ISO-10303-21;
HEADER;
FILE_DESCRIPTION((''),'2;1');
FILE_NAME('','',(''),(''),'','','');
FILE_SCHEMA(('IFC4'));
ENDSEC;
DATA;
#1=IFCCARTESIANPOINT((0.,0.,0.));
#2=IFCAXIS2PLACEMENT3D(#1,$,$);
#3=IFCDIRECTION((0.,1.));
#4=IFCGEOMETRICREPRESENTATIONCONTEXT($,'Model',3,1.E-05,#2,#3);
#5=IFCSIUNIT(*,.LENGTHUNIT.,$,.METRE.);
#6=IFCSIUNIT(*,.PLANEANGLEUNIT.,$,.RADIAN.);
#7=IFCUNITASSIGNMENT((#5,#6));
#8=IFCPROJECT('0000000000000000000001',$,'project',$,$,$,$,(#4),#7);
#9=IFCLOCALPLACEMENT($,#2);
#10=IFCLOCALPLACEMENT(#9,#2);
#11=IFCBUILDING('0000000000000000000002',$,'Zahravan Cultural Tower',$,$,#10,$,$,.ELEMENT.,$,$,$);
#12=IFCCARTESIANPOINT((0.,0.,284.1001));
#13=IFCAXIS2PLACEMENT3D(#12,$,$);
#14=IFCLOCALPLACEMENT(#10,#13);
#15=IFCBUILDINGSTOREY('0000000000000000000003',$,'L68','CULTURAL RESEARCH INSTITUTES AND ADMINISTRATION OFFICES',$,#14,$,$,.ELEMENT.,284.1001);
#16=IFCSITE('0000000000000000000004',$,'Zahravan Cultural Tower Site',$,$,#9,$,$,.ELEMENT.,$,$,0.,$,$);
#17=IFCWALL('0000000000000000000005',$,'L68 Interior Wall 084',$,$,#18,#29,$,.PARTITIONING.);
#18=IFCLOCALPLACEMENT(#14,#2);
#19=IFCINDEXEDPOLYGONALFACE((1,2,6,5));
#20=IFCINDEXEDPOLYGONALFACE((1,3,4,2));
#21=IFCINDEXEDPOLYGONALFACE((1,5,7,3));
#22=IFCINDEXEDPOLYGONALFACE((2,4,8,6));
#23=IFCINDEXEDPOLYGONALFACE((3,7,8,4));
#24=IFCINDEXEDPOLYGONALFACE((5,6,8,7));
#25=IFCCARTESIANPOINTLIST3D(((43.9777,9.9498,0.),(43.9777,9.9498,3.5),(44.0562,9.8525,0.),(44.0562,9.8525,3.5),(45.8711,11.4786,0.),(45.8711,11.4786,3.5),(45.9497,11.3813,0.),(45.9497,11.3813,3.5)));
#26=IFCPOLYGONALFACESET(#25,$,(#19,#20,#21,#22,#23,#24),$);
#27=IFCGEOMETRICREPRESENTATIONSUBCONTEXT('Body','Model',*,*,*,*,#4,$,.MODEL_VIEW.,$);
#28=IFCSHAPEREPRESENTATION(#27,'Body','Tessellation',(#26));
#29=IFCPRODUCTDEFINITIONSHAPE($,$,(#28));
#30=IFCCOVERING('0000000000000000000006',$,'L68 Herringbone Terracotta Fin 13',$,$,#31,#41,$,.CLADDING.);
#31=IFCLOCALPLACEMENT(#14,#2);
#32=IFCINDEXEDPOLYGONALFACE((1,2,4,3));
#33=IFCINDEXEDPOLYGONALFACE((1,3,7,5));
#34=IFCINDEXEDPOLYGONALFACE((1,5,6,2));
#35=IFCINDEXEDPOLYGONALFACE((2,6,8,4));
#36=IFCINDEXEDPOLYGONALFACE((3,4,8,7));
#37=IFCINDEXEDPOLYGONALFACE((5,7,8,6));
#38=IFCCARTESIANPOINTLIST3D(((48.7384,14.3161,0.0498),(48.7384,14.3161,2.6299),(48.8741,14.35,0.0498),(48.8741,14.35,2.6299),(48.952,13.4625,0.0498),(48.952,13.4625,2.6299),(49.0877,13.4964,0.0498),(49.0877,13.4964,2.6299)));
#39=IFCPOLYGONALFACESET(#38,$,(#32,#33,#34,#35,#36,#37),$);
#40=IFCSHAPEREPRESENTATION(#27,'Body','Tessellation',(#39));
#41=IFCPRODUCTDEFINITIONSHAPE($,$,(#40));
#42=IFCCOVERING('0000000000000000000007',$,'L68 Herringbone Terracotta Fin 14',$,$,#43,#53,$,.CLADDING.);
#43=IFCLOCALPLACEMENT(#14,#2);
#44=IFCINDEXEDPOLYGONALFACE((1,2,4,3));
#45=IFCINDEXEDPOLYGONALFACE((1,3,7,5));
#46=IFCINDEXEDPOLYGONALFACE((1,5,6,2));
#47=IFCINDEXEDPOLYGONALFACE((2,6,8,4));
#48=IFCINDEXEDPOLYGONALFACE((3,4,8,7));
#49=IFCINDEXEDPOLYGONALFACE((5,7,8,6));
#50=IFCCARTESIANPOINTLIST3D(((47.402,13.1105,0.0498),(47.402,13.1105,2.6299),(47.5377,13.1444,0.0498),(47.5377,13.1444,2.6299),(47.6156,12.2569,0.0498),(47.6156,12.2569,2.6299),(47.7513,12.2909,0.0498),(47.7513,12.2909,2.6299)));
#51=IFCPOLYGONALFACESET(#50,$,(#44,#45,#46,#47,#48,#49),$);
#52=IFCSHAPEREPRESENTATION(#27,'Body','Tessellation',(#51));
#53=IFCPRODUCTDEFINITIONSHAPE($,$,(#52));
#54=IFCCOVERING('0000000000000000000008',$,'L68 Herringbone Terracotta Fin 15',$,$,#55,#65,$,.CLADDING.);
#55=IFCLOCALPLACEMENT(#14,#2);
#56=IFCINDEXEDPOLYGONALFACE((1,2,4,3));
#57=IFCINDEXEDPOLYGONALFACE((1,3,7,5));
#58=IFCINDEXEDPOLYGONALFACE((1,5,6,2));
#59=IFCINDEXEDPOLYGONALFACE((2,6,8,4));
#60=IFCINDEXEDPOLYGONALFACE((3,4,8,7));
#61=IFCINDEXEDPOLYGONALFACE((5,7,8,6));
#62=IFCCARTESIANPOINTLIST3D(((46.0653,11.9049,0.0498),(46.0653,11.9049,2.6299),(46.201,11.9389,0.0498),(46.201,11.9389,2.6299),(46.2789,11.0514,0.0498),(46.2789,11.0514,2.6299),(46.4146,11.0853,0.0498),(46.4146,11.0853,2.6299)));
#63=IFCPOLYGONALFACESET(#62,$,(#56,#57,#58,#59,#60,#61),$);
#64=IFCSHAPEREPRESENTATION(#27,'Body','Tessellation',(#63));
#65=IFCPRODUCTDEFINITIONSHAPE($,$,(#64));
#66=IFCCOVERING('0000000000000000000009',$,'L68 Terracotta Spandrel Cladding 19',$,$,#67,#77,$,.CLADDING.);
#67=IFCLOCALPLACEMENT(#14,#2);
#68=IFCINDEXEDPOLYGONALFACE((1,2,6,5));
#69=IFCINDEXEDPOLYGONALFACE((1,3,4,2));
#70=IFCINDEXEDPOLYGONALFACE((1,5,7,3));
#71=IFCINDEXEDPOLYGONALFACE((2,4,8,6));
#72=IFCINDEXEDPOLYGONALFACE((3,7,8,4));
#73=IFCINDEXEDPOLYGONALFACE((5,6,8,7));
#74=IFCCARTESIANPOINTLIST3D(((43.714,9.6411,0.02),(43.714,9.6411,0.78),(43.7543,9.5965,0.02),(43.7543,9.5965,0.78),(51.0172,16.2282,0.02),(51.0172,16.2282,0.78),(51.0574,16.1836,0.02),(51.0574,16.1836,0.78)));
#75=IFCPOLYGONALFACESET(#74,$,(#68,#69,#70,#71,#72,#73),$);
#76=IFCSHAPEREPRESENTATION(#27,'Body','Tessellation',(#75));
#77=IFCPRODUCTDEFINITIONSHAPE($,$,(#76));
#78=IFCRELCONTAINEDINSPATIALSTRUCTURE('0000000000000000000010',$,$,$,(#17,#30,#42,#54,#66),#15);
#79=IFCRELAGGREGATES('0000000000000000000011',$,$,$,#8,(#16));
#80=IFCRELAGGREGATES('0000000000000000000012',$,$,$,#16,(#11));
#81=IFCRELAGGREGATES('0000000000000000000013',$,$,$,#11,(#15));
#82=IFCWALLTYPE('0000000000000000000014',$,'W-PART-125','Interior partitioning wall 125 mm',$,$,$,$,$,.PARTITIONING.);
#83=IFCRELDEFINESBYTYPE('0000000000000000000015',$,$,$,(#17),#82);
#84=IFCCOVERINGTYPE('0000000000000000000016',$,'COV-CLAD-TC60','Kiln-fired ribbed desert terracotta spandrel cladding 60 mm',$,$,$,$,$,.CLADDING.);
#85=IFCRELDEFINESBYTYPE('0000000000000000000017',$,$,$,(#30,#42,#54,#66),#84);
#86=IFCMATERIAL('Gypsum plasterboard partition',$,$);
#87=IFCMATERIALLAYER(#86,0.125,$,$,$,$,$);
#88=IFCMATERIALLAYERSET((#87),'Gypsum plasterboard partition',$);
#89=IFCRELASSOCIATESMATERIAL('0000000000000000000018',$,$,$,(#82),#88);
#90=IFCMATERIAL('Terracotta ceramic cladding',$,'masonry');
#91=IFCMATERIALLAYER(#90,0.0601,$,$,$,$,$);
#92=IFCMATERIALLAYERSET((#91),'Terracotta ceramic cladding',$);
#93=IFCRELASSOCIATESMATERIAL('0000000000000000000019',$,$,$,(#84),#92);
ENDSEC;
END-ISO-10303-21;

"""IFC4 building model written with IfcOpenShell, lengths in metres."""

from ifc_helpers import new_model, si_unit, direction, frame, frame_2d, origin, origin_2d, place, context, subcontext, project, spatial, rectangle, extrude, source, transform, mapped, material, layer, layer_set, type_object, element, save


model = new_model("IFC4")

# Units and contexts
model_context = context("Model", 3, precision=1e-05, world=origin(), true_north=direction((0.0, 1.0)))
body_context = subcontext(model_context, "Body", "Model", "MODEL_VIEW")
ifc_project = project(units=[si_unit("LENGTHUNIT", "METRE"), si_unit("PLANEANGLEUNIT", "RADIAN")], contexts=[model_context])

# Site, building, storey
site_placement = place(None, origin())
site = spatial("IfcSite", under=ifc_project, at=site_placement, Name="Zahravan Cultural Tower Site", CompositionType="ELEMENT", RefElevation=0.0)
building_placement = place(site_placement, origin())
building = spatial("IfcBuilding", under=site, at=building_placement, Name="Zahravan Cultural Tower", CompositionType="ELEMENT")
storey_placement = place(building_placement, frame((0.0, 0.0, 284.1001)))
storey = spatial("IfcBuildingStorey", under=building, at=storey_placement, Name="L68", Description="CULTURAL RESEARCH INSTITUTES AND ADMINISTRATION OFFICES", CompositionType="ELEMENT", Elevation=284.1001)

# Shared definitions
ifc_material_1 = material(Name="Gypsum plasterboard partition")
ifc_layer_1 = layer(ifc_material_1, 0.125)
ifc_layer_set_1 = layer_set([ifc_layer_1], Name="Gypsum plasterboard partition")
wall_type_1 = type_object("IfcWallType", Name="W-PART-125", Description="Interior partitioning wall 125 mm", PredefinedType="PARTITIONING", material=ifc_layer_set_1)

# Wall
shared_shape_1 = source(origin(), body_context, "Body", "SweptSolid", [
    extrude(rectangle(XDim=2.4336, YDim=0.125, at=frame_2d((1.2168, 0.0))), origin(), (0.0, 0.0, 1.0), 3.5),
])
wall_1_placement = place(storey_placement, frame((45.9104, 11.4299, 0.0), z_axis=(0.0, 0.0, 1.0), x_axis=(-0.778062, -0.628188, 0.0)))
element("IfcWall", 1, at=wall_1_placement, inside=storey, type_object=wall_type_1, Name="L68 Interior Wall 084", PredefinedType="PARTITIONING", context=body_context, shape_type="MappedRepresentation", body=[
    mapped(shared_shape_1, transform((0.0, 0.0, 0.0), x_axis=(1.0, 0.0, 0.0), y_axis=(0.0, 1.0, 0.0), z_axis=(0.0, 0.0, 1.0), scale=1.0)),
])

# Coverings
ifc_material_2 = material(Name="Terracotta ceramic cladding", Category="masonry")
ifc_layer_2 = layer(ifc_material_2, 0.0601)
ifc_layer_set_2 = layer_set([ifc_layer_2], Name="Terracotta ceramic cladding")
covering_type = type_object("IfcCoveringType", Name="COV-CLAD-TC60", Description="Kiln-fired ribbed desert terracotta spandrel cladding 60 mm", PredefinedType="CLADDING", material=ifc_layer_set_2)
shared_shape_2 = source(origin(), body_context, "Body", "SweptSolid", [
    extrude(rectangle(XDim=0.8799, YDim=0.1399, at=origin_2d()), origin(), (0.0, 0.0, 1.0), 2.5801),
])
for number, where, z_axis, x_axis, name in (
    (2, (48.9131, 13.9062, 0.0498), (0.0, 0.0, 1.0), (0.242752, -0.970088, 0.0), "L68 Herringbone Terracotta Fin 13"),
    (3, (47.5767, 12.7007, 0.0498), (0.0, 0.0, 1.0), (0.242752, -0.970088, 0.0), "L68 Herringbone Terracotta Fin 14"),
    (4, (46.24, 11.4951, 0.0498), (0.0, 0.0, 1.0), (0.242752, -0.970088, 0.0), "L68 Herringbone Terracotta Fin 15"),
):
    element("IfcCovering", number, at=place(storey_placement, frame(where, z_axis=z_axis, x_axis=x_axis)), inside=storey, type_object=covering_type, Name=name, PredefinedType="CLADDING", context=body_context, shape_type="MappedRepresentation", body=[
        mapped(shared_shape_2, transform((0.0, 0.0, 0.0), x_axis=(1.0, 0.0, 0.0), y_axis=(0.0, 1.0, 0.0), z_axis=(0.0, 0.0, 1.0), scale=1.0)),
    ])
shared_shape_3 = source(origin(), body_context, "Body", "SweptSolid", [
    extrude(rectangle(XDim=9.835, YDim=0.0601, at=origin_2d()), origin(), (0.0, 0.0, 1.0), 0.76),
])
covering_placement = place(storey_placement, frame((47.3857, 12.9124, 0.02), z_axis=(0.0, 0.0, 1.0), x_axis=(-0.742572, -0.669766, 0.0)))
element("IfcCovering", 5, at=covering_placement, inside=storey, type_object=covering_type, Name="L68 Terracotta Spandrel Cladding 19", PredefinedType="CLADDING", context=body_context, shape_type="MappedRepresentation", body=[
    mapped(shared_shape_3, transform((0.0, 0.0, 0.0), x_axis=(1.0, 0.0, 0.0), y_axis=(0.0, 1.0, 0.0), z_axis=(0.0, 0.0, 1.0), scale=1.0)),
])

save(model, "model.ifc")
